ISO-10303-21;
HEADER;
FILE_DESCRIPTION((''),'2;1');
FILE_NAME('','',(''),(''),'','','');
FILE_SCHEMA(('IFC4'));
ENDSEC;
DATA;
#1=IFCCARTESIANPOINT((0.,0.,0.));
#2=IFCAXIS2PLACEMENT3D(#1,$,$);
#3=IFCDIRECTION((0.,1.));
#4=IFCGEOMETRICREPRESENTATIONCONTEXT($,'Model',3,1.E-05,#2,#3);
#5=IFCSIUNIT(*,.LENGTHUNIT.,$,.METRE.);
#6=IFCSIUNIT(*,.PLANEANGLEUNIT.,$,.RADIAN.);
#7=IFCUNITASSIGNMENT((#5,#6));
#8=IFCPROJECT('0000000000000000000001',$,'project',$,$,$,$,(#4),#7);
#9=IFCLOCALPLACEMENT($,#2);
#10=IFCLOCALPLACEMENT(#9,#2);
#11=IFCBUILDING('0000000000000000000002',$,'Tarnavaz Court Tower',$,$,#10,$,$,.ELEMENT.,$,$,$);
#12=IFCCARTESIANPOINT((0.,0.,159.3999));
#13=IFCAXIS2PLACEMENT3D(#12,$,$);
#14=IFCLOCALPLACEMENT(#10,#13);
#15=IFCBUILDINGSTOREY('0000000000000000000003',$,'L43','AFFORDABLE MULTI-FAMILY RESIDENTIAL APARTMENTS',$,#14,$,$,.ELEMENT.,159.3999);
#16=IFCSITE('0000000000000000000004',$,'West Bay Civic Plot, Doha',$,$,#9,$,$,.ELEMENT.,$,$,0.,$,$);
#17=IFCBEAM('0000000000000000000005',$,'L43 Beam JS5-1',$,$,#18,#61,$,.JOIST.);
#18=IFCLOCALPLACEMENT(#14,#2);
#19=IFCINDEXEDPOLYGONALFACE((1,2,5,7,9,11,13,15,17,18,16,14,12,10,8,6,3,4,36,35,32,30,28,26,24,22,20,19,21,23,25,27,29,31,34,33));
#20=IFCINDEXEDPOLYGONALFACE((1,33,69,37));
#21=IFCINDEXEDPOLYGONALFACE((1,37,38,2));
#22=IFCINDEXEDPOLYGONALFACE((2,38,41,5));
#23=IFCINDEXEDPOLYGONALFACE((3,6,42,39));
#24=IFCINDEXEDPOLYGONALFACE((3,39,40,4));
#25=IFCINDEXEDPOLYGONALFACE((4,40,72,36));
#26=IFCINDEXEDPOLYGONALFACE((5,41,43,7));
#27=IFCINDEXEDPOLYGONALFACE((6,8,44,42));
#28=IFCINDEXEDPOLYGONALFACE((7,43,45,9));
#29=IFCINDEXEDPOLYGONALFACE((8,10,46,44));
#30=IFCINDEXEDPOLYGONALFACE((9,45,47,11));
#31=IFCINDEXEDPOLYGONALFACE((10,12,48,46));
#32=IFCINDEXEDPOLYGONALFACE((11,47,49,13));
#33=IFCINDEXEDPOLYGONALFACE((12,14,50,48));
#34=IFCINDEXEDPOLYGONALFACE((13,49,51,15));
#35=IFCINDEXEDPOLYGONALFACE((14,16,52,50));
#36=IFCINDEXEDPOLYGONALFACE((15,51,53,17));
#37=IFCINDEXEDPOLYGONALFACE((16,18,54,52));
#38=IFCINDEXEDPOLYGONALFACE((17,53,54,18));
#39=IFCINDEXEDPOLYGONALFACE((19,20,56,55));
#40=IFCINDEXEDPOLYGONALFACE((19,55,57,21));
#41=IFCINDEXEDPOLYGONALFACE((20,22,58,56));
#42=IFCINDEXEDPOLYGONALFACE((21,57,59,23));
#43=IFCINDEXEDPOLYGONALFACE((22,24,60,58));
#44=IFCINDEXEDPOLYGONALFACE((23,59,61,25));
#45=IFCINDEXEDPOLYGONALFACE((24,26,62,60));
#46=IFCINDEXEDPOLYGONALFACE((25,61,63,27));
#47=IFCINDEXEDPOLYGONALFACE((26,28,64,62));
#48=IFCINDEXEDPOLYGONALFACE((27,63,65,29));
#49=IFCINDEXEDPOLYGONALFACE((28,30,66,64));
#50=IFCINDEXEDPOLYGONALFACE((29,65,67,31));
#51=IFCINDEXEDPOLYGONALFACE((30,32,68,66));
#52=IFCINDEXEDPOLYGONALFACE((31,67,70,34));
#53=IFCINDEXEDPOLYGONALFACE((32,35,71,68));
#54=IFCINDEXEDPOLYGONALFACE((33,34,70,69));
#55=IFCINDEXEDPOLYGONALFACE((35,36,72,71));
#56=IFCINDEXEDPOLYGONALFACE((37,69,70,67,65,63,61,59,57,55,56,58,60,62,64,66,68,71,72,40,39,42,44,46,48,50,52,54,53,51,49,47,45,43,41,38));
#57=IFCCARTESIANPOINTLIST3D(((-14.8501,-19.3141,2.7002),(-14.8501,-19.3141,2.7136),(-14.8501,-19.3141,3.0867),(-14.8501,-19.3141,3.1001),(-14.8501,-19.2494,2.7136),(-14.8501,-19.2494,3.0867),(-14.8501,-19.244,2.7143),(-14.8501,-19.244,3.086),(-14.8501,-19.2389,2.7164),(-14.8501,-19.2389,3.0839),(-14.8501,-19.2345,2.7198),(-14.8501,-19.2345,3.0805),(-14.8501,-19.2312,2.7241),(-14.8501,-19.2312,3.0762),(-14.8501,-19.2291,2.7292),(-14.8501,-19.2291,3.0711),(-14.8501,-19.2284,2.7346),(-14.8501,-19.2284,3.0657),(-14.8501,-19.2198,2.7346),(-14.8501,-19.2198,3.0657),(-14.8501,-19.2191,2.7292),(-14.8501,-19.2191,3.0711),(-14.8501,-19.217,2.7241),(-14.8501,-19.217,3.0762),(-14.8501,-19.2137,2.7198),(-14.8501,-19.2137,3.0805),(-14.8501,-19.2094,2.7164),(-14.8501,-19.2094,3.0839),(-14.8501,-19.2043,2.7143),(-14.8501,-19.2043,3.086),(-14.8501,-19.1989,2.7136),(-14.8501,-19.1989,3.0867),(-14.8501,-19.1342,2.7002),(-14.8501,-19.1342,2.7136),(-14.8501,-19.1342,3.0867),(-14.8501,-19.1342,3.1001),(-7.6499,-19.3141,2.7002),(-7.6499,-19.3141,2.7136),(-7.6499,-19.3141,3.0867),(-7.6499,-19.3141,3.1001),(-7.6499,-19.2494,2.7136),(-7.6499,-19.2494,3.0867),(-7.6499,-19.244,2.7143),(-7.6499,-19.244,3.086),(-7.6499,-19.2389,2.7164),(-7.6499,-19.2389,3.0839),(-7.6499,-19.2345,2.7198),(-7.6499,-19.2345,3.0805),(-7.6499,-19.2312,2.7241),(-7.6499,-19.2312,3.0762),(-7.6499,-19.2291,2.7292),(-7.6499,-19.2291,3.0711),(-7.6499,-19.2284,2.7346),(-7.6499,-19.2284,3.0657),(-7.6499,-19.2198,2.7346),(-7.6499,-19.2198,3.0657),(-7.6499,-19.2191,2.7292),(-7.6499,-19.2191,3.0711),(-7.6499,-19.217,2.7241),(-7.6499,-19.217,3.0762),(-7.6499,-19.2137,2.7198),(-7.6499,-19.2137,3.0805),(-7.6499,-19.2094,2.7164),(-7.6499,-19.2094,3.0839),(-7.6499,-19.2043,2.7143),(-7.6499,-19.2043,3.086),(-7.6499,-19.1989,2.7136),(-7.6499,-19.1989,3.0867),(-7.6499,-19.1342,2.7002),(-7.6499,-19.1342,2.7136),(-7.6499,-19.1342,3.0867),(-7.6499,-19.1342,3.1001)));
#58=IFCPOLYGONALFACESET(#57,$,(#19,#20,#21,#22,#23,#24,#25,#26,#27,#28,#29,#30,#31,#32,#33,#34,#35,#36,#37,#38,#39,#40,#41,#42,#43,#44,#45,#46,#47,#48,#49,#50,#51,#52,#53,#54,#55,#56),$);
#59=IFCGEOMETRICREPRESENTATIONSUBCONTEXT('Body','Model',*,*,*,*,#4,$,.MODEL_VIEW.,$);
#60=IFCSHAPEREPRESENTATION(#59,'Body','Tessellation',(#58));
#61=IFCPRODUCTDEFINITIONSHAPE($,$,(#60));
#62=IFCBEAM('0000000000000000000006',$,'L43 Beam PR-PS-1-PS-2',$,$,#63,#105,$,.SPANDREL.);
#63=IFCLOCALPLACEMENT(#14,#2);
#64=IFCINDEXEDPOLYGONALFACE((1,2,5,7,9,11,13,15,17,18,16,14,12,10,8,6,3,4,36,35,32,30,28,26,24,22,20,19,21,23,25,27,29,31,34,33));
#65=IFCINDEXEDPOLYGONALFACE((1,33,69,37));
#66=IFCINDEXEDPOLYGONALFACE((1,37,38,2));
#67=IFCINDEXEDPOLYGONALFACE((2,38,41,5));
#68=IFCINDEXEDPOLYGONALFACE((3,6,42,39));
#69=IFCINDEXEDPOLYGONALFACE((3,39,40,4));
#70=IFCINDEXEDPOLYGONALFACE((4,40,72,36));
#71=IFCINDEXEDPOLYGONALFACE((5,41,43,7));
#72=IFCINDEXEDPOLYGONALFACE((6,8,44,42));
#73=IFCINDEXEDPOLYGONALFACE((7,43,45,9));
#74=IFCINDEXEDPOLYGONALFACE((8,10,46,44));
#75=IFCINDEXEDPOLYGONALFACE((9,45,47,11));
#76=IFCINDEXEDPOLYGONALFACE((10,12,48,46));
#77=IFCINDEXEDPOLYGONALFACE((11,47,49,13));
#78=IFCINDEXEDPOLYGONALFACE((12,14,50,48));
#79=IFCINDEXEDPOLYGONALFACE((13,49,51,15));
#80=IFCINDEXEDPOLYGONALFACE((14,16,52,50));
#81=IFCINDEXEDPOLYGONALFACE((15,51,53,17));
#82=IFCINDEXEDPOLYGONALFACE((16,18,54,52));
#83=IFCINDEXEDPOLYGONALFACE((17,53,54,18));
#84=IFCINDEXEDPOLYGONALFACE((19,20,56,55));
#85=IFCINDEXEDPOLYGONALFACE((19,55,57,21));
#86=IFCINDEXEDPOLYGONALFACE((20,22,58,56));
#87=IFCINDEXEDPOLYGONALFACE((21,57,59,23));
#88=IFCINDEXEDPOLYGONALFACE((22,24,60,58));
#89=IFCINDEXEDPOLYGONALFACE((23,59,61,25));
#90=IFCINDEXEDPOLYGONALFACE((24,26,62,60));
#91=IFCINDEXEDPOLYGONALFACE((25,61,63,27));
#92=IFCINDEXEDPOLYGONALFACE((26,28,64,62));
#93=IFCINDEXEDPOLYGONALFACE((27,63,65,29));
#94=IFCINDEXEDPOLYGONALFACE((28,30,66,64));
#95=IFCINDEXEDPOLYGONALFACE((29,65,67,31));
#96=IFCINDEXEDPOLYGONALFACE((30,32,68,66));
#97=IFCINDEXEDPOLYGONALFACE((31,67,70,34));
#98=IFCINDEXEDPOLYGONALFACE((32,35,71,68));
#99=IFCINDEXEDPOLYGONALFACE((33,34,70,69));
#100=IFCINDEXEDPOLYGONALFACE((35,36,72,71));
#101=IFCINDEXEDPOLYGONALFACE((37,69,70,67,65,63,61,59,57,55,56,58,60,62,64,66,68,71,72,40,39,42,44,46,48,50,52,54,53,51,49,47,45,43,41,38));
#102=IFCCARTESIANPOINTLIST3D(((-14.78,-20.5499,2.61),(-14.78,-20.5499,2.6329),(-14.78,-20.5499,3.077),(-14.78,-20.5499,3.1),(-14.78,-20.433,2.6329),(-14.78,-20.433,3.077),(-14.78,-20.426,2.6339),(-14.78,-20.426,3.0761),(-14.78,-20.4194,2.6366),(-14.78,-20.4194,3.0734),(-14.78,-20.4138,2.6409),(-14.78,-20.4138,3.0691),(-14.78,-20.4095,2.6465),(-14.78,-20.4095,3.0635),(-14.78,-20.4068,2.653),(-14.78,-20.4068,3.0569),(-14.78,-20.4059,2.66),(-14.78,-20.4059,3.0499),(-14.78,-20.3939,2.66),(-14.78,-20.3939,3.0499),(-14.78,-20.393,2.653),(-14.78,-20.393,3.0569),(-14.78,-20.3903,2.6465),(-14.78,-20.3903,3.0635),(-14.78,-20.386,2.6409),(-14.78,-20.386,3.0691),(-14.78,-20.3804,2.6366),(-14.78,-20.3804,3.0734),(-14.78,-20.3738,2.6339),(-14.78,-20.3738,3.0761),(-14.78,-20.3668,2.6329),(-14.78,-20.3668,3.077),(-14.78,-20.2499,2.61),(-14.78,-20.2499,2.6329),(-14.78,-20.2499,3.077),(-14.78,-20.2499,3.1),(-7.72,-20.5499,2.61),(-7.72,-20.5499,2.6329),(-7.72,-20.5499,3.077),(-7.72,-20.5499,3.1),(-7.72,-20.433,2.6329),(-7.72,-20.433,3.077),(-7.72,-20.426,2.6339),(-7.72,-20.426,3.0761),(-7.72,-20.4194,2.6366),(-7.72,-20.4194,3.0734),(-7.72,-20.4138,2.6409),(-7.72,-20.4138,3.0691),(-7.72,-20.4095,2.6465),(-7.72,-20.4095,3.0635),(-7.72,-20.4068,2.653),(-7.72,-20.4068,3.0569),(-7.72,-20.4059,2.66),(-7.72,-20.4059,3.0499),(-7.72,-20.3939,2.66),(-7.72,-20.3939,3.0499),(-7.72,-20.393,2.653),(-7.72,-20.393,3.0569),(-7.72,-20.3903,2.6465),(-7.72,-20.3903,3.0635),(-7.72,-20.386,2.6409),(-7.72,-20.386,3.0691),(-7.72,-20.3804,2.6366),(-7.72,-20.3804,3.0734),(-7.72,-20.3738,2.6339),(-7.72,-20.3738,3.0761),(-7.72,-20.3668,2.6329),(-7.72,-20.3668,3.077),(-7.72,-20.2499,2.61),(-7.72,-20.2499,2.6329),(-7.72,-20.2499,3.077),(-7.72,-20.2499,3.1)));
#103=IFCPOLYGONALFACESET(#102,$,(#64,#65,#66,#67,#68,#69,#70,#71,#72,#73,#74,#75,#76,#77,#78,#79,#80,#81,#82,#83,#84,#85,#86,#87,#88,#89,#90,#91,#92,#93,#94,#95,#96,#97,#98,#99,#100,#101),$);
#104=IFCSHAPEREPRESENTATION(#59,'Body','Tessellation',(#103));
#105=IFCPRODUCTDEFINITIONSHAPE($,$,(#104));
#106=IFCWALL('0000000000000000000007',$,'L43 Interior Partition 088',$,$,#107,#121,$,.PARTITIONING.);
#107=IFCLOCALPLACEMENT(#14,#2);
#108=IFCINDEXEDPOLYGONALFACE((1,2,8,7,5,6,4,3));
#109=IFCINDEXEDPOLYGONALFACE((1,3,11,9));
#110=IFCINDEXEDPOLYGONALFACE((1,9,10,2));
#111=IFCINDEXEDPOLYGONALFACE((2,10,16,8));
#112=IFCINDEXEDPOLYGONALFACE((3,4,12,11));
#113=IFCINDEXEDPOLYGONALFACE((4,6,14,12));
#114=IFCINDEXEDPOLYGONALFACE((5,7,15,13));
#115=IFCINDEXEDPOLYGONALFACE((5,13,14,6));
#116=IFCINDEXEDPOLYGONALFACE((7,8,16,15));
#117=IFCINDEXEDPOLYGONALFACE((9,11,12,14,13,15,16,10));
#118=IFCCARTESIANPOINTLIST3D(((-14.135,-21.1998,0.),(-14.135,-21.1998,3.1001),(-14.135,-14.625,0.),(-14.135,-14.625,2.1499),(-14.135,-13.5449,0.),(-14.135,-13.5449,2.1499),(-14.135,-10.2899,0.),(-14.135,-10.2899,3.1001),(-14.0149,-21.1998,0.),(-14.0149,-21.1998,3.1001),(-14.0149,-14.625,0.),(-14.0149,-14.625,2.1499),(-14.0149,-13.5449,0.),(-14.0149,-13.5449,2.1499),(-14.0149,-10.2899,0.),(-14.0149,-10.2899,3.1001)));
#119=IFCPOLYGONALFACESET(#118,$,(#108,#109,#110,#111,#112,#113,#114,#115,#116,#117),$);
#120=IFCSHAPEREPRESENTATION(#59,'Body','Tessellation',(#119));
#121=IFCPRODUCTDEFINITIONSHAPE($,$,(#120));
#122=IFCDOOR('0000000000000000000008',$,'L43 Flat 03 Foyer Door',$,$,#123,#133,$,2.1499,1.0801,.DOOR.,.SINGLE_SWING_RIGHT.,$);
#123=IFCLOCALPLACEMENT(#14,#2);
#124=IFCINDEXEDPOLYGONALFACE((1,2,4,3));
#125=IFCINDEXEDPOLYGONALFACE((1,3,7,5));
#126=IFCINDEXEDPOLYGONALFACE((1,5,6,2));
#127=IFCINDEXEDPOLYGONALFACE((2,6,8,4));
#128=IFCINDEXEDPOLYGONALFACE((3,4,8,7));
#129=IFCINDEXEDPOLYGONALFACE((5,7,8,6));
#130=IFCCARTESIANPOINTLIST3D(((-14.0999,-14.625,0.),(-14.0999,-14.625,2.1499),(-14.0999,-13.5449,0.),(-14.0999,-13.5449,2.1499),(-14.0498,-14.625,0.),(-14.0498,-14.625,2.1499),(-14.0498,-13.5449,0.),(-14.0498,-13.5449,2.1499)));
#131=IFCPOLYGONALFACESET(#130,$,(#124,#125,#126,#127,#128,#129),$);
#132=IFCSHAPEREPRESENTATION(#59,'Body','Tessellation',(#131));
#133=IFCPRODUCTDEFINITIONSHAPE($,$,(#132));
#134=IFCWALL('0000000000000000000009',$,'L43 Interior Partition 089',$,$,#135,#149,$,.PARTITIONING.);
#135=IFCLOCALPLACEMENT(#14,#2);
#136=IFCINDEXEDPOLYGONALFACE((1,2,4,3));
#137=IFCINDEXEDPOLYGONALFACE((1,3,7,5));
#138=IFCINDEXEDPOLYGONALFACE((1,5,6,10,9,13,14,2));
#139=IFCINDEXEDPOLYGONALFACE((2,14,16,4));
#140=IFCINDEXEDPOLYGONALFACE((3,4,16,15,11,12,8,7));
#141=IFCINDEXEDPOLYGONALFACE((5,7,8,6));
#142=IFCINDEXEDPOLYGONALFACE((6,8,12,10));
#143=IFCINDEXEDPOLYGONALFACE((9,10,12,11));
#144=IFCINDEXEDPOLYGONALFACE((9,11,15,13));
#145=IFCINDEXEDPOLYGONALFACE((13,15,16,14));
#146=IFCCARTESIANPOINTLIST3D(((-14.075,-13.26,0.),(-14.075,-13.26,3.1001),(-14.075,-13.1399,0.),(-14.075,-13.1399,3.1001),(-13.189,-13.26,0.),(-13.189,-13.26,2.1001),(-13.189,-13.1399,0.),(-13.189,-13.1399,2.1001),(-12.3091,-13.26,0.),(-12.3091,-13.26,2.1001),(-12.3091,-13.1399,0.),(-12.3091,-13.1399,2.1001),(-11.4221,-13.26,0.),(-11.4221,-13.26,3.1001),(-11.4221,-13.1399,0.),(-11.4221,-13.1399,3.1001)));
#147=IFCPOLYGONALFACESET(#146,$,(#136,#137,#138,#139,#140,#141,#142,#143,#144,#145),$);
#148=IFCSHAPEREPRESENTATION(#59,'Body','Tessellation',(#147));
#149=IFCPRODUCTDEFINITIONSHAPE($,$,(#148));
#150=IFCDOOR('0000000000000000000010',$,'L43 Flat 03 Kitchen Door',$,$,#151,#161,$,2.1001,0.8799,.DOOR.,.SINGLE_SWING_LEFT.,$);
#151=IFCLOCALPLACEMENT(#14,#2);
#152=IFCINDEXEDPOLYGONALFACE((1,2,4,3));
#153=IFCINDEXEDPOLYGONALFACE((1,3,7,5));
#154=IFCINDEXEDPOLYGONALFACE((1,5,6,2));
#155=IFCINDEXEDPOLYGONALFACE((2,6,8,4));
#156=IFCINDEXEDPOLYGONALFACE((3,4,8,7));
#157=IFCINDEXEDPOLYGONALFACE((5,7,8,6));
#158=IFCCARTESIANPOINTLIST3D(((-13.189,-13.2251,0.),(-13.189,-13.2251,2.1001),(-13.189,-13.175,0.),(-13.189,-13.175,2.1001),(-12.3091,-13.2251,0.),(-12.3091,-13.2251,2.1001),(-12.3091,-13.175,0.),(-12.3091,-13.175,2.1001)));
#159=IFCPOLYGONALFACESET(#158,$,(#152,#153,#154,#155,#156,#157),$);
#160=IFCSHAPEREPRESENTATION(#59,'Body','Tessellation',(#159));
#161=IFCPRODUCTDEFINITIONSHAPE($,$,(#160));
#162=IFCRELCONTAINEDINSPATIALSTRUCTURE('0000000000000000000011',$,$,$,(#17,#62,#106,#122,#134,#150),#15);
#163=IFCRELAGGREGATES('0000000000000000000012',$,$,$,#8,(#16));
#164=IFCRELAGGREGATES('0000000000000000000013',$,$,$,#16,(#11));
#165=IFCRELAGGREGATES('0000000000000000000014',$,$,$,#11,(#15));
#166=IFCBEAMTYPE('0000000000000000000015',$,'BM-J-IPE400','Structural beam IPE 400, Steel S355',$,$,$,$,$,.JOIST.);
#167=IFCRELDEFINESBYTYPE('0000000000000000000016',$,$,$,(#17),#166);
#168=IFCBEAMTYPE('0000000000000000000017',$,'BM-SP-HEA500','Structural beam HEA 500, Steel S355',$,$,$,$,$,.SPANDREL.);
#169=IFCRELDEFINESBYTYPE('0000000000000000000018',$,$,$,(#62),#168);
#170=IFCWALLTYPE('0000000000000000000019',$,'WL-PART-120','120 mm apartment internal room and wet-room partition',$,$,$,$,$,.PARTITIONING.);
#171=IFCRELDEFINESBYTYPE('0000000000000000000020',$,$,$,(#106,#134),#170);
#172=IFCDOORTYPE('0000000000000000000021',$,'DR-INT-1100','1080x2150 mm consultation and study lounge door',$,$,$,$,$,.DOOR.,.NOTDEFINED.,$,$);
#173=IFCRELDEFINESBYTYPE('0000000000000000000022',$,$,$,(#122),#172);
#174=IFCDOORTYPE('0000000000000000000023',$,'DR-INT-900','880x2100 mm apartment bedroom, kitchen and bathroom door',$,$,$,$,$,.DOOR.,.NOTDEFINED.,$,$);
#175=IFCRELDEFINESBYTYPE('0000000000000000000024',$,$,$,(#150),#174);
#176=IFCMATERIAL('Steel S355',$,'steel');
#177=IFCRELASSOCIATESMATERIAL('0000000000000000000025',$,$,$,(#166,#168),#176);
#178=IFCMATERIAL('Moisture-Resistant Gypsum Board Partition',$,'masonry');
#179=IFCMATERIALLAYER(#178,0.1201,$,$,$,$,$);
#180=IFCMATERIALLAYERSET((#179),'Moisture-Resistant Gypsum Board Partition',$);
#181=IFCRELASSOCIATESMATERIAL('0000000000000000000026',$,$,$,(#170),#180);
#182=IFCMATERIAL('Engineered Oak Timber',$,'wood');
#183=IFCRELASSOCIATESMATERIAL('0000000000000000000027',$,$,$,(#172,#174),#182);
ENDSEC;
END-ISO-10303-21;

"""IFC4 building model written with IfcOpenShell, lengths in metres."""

from ifc_helpers import new_model, si_unit, direction, frame, frame_2d, origin, origin_2d, place, context, subcontext, project, spatial, rectangle, i_section, extrude, material, layer, layer_set, material_profile, profile_set, type_object, element, fill, save


model = new_model("IFC4")

# Units and contexts
model_context = context("Model", 3, precision=1e-05, world=origin(), true_north=direction((0.0, 1.0)))
body_context = subcontext(model_context, "Body", "Model", "MODEL_VIEW")
ifc_project = project(units=[si_unit("LENGTHUNIT", "METRE"), si_unit("PLANEANGLEUNIT", "RADIAN")], contexts=[model_context])

# Site, building, storey
site_placement = place(None, origin())
site = spatial("IfcSite", under=ifc_project, at=site_placement, Name="West Bay Civic Plot, Doha", CompositionType="ELEMENT", RefElevation=0.0)
building_placement = place(site_placement, origin())
building = spatial("IfcBuilding", under=site, at=building_placement, Name="Tarnavaz Court Tower", CompositionType="ELEMENT")
storey_placement = place(building_placement, frame((0.0, 0.0, 159.3999)))
storey = spatial("IfcBuildingStorey", under=building, at=storey_placement, Name="L43", Description="AFFORDABLE MULTI-FAMILY RESIDENTIAL APARTMENTS", CompositionType="ELEMENT", Elevation=159.3999)

# Beams
ifc_material_1 = material(Name="Steel S355", Category="steel")
ifc_material_profile_1 = material_profile(ifc_material_1, i_section(OverallWidth=0.1799, OverallDepth=0.3999, WebThickness=0.0085, FlangeThickness=0.0134, FilletRadius=0.021, at=origin_2d()), Name="IPE 400")
ifc_profile_set_1 = profile_set([ifc_material_profile_1], Name="Steel S355")
beam_type_1 = type_object("IfcBeamType", Name="BM-J-IPE400", Description="Structural beam IPE 400, Steel S355", PredefinedType="JOIST", material=ifc_profile_set_1)
for number, where, z_axis, x_axis, name in (
    (1, (-14.8501, -19.2241, 2.9001), (1.0, 0.0, 0.0), (0.0, 1.0, 0.0), "L43 Beam JS5-1"),
):
    element("IfcBeam", number, at=place(storey_placement, frame(where, z_axis=z_axis, x_axis=x_axis)), inside=storey, type_object=beam_type_1, Name=name, PredefinedType="JOIST", context=body_context, shape_type="SweptSolid", body=[
        extrude(i_section(OverallWidth=0.1799, OverallDepth=0.3999, WebThickness=0.0085, FlangeThickness=0.0134, FilletRadius=0.021, at=origin_2d()), origin(), (0.0, 0.0, 1.0), 7.2002),
    ])
ifc_material_profile_2 = material_profile(ifc_material_1, i_section(OverallWidth=0.3, OverallDepth=0.49, WebThickness=0.012, FlangeThickness=0.0229, FilletRadius=0.0271, at=origin_2d()), Name="HEA 500")
ifc_profile_set_2 = profile_set([ifc_material_profile_2], Name="Steel S355")
beam_type_2 = type_object("IfcBeamType", Name="BM-SP-HEA500", Description="Structural beam HEA 500, Steel S355", PredefinedType="SPANDREL", material=ifc_profile_set_2)
beam_placement = place(storey_placement, frame((-14.78, -20.3999, 2.855), z_axis=(1.0, 0.0, 0.0), x_axis=(0.0, 1.0, 0.0)))
element("IfcBeam", 2, at=beam_placement, inside=storey, type_object=beam_type_2, Name="L43 Beam PR-PS-1-PS-2", PredefinedType="SPANDREL", context=body_context, shape_type="SweptSolid", body=[
    extrude(i_section(OverallWidth=0.3, OverallDepth=0.49, WebThickness=0.012, FlangeThickness=0.0229, FilletRadius=0.0271, at=origin_2d()), origin(), (0.0, 0.0, 1.0), 7.0601),
])

# Walls, openings, doors
ifc_material_2 = material(Name="Moisture-Resistant Gypsum Board Partition", Category="masonry")
ifc_layer = layer(ifc_material_2, 0.1201)
ifc_layer_set = layer_set([ifc_layer], Name="Moisture-Resistant Gypsum Board Partition")
wall_type = type_object("IfcWallType", Name="WL-PART-120", Description="120 mm apartment internal room and wet-room partition", PredefinedType="PARTITIONING", material=ifc_layer_set)
wall_1_placement = place(storey_placement, frame((-14.075, -21.2, 0.0), z_axis=(0.0, 0.0, 1.0), x_axis=(0.0, 1.0, 0.0)))
wall_1 = element("IfcWall", 3, at=wall_1_placement, inside=storey, type_object=wall_type, Name="L43 Interior Partition 088", PredefinedType="PARTITIONING", context=body_context, shape_type="SweptSolid", body=[
    extrude(rectangle(XDim=10.9099, YDim=0.1201, at=frame_2d((5.4551, 0.0))), origin(), (0.0, 0.0, 1.0), 3.1001),
])
opening_1_placement = place(wall_1_placement, frame((6.575, 0.0, 0.0)))
opening_1 = element("IfcOpeningElement", 4, at=opening_1_placement, cuts=wall_1, PredefinedType="OPENING", context=body_context, shape_type="SweptSolid", body=[
    extrude(rectangle(XDim=1.0801, YDim=2.1499, at=frame_2d((0.54, 1.075))), frame((0.0, 0.0701, 0.0), z_axis=(0.0, -1.0, 0.0), x_axis=(1.0, 0.0, 0.0)), (0.0, 0.0, 1.0), 0.1401),
])
ifc_material_3 = material(Name="Engineered Oak Timber", Category="wood")
door_type_1 = type_object("IfcDoorType", Name="DR-INT-1100", Description="1080x2150 mm consultation and study lounge door", OperationType="NOTDEFINED", PredefinedType="DOOR", material=ifc_material_3)
door_1_placement = place(opening_1_placement, origin())
door_1 = element("IfcDoor", 5, at=door_1_placement, inside=storey, type_object=door_type_1, Name="L43 Flat 03 Foyer Door", OperationType="SINGLE_SWING_RIGHT", OverallHeight=2.1499, OverallWidth=1.0801, PredefinedType="DOOR", context=body_context, shape_type="SweptSolid", body=[
    extrude(rectangle(XDim=1.0801, YDim=2.1499, at=frame_2d((0.54, 1.075))), frame((0.0, 0.0249, 0.0), z_axis=(0.0, -1.0, 0.0), x_axis=(1.0, 0.0, 0.0)), (0.0, 0.0, 1.0), 0.05),
])
fill(opening_1, door_1)
wall_2_placement = place(storey_placement, frame((-14.075, -13.2, 0.0), z_axis=(0.0, 0.0, 1.0), x_axis=(1.0, 0.0, 0.0)))
wall_2 = element("IfcWall", 6, at=wall_2_placement, inside=storey, type_object=wall_type, Name="L43 Interior Partition 089", PredefinedType="PARTITIONING", context=body_context, shape_type="SweptSolid", body=[
    extrude(rectangle(XDim=2.6528, YDim=0.1201, at=frame_2d((1.3264, 0.0))), origin(), (0.0, 0.0, 1.0), 3.1001),
])
opening_2_placement = place(wall_2_placement, frame((0.886, 0.0, 0.0)))
opening_2 = element("IfcOpeningElement", 7, at=opening_2_placement, cuts=wall_2, PredefinedType="OPENING", context=body_context, shape_type="SweptSolid", body=[
    extrude(rectangle(XDim=0.8799, YDim=2.1001, at=frame_2d((0.4399, 1.05))), frame((0.0, 0.0701, 0.0), z_axis=(0.0, -1.0, 0.0), x_axis=(1.0, 0.0, 0.0)), (0.0, 0.0, 1.0), 0.1401),
])
door_type_2 = type_object("IfcDoorType", Name="DR-INT-900", Description="880x2100 mm apartment bedroom, kitchen and bathroom door", OperationType="NOTDEFINED", PredefinedType="DOOR", material=ifc_material_3)
door_2_placement = place(opening_2_placement, origin())
door_2 = element("IfcDoor", 8, at=door_2_placement, inside=storey, type_object=door_type_2, Name="L43 Flat 03 Kitchen Door", OperationType="SINGLE_SWING_LEFT", OverallHeight=2.1001, OverallWidth=0.8799, PredefinedType="DOOR", context=body_context, shape_type="SweptSolid", body=[
    extrude(rectangle(XDim=0.8799, YDim=2.1001, at=frame_2d((0.4399, 1.05))), frame((0.0, 0.0249, 0.0), z_axis=(0.0, -1.0, 0.0), x_axis=(1.0, 0.0, 0.0)), (0.0, 0.0, 1.0), 0.05),
])
fill(opening_2, door_2)

save(model, "model.ifc")
